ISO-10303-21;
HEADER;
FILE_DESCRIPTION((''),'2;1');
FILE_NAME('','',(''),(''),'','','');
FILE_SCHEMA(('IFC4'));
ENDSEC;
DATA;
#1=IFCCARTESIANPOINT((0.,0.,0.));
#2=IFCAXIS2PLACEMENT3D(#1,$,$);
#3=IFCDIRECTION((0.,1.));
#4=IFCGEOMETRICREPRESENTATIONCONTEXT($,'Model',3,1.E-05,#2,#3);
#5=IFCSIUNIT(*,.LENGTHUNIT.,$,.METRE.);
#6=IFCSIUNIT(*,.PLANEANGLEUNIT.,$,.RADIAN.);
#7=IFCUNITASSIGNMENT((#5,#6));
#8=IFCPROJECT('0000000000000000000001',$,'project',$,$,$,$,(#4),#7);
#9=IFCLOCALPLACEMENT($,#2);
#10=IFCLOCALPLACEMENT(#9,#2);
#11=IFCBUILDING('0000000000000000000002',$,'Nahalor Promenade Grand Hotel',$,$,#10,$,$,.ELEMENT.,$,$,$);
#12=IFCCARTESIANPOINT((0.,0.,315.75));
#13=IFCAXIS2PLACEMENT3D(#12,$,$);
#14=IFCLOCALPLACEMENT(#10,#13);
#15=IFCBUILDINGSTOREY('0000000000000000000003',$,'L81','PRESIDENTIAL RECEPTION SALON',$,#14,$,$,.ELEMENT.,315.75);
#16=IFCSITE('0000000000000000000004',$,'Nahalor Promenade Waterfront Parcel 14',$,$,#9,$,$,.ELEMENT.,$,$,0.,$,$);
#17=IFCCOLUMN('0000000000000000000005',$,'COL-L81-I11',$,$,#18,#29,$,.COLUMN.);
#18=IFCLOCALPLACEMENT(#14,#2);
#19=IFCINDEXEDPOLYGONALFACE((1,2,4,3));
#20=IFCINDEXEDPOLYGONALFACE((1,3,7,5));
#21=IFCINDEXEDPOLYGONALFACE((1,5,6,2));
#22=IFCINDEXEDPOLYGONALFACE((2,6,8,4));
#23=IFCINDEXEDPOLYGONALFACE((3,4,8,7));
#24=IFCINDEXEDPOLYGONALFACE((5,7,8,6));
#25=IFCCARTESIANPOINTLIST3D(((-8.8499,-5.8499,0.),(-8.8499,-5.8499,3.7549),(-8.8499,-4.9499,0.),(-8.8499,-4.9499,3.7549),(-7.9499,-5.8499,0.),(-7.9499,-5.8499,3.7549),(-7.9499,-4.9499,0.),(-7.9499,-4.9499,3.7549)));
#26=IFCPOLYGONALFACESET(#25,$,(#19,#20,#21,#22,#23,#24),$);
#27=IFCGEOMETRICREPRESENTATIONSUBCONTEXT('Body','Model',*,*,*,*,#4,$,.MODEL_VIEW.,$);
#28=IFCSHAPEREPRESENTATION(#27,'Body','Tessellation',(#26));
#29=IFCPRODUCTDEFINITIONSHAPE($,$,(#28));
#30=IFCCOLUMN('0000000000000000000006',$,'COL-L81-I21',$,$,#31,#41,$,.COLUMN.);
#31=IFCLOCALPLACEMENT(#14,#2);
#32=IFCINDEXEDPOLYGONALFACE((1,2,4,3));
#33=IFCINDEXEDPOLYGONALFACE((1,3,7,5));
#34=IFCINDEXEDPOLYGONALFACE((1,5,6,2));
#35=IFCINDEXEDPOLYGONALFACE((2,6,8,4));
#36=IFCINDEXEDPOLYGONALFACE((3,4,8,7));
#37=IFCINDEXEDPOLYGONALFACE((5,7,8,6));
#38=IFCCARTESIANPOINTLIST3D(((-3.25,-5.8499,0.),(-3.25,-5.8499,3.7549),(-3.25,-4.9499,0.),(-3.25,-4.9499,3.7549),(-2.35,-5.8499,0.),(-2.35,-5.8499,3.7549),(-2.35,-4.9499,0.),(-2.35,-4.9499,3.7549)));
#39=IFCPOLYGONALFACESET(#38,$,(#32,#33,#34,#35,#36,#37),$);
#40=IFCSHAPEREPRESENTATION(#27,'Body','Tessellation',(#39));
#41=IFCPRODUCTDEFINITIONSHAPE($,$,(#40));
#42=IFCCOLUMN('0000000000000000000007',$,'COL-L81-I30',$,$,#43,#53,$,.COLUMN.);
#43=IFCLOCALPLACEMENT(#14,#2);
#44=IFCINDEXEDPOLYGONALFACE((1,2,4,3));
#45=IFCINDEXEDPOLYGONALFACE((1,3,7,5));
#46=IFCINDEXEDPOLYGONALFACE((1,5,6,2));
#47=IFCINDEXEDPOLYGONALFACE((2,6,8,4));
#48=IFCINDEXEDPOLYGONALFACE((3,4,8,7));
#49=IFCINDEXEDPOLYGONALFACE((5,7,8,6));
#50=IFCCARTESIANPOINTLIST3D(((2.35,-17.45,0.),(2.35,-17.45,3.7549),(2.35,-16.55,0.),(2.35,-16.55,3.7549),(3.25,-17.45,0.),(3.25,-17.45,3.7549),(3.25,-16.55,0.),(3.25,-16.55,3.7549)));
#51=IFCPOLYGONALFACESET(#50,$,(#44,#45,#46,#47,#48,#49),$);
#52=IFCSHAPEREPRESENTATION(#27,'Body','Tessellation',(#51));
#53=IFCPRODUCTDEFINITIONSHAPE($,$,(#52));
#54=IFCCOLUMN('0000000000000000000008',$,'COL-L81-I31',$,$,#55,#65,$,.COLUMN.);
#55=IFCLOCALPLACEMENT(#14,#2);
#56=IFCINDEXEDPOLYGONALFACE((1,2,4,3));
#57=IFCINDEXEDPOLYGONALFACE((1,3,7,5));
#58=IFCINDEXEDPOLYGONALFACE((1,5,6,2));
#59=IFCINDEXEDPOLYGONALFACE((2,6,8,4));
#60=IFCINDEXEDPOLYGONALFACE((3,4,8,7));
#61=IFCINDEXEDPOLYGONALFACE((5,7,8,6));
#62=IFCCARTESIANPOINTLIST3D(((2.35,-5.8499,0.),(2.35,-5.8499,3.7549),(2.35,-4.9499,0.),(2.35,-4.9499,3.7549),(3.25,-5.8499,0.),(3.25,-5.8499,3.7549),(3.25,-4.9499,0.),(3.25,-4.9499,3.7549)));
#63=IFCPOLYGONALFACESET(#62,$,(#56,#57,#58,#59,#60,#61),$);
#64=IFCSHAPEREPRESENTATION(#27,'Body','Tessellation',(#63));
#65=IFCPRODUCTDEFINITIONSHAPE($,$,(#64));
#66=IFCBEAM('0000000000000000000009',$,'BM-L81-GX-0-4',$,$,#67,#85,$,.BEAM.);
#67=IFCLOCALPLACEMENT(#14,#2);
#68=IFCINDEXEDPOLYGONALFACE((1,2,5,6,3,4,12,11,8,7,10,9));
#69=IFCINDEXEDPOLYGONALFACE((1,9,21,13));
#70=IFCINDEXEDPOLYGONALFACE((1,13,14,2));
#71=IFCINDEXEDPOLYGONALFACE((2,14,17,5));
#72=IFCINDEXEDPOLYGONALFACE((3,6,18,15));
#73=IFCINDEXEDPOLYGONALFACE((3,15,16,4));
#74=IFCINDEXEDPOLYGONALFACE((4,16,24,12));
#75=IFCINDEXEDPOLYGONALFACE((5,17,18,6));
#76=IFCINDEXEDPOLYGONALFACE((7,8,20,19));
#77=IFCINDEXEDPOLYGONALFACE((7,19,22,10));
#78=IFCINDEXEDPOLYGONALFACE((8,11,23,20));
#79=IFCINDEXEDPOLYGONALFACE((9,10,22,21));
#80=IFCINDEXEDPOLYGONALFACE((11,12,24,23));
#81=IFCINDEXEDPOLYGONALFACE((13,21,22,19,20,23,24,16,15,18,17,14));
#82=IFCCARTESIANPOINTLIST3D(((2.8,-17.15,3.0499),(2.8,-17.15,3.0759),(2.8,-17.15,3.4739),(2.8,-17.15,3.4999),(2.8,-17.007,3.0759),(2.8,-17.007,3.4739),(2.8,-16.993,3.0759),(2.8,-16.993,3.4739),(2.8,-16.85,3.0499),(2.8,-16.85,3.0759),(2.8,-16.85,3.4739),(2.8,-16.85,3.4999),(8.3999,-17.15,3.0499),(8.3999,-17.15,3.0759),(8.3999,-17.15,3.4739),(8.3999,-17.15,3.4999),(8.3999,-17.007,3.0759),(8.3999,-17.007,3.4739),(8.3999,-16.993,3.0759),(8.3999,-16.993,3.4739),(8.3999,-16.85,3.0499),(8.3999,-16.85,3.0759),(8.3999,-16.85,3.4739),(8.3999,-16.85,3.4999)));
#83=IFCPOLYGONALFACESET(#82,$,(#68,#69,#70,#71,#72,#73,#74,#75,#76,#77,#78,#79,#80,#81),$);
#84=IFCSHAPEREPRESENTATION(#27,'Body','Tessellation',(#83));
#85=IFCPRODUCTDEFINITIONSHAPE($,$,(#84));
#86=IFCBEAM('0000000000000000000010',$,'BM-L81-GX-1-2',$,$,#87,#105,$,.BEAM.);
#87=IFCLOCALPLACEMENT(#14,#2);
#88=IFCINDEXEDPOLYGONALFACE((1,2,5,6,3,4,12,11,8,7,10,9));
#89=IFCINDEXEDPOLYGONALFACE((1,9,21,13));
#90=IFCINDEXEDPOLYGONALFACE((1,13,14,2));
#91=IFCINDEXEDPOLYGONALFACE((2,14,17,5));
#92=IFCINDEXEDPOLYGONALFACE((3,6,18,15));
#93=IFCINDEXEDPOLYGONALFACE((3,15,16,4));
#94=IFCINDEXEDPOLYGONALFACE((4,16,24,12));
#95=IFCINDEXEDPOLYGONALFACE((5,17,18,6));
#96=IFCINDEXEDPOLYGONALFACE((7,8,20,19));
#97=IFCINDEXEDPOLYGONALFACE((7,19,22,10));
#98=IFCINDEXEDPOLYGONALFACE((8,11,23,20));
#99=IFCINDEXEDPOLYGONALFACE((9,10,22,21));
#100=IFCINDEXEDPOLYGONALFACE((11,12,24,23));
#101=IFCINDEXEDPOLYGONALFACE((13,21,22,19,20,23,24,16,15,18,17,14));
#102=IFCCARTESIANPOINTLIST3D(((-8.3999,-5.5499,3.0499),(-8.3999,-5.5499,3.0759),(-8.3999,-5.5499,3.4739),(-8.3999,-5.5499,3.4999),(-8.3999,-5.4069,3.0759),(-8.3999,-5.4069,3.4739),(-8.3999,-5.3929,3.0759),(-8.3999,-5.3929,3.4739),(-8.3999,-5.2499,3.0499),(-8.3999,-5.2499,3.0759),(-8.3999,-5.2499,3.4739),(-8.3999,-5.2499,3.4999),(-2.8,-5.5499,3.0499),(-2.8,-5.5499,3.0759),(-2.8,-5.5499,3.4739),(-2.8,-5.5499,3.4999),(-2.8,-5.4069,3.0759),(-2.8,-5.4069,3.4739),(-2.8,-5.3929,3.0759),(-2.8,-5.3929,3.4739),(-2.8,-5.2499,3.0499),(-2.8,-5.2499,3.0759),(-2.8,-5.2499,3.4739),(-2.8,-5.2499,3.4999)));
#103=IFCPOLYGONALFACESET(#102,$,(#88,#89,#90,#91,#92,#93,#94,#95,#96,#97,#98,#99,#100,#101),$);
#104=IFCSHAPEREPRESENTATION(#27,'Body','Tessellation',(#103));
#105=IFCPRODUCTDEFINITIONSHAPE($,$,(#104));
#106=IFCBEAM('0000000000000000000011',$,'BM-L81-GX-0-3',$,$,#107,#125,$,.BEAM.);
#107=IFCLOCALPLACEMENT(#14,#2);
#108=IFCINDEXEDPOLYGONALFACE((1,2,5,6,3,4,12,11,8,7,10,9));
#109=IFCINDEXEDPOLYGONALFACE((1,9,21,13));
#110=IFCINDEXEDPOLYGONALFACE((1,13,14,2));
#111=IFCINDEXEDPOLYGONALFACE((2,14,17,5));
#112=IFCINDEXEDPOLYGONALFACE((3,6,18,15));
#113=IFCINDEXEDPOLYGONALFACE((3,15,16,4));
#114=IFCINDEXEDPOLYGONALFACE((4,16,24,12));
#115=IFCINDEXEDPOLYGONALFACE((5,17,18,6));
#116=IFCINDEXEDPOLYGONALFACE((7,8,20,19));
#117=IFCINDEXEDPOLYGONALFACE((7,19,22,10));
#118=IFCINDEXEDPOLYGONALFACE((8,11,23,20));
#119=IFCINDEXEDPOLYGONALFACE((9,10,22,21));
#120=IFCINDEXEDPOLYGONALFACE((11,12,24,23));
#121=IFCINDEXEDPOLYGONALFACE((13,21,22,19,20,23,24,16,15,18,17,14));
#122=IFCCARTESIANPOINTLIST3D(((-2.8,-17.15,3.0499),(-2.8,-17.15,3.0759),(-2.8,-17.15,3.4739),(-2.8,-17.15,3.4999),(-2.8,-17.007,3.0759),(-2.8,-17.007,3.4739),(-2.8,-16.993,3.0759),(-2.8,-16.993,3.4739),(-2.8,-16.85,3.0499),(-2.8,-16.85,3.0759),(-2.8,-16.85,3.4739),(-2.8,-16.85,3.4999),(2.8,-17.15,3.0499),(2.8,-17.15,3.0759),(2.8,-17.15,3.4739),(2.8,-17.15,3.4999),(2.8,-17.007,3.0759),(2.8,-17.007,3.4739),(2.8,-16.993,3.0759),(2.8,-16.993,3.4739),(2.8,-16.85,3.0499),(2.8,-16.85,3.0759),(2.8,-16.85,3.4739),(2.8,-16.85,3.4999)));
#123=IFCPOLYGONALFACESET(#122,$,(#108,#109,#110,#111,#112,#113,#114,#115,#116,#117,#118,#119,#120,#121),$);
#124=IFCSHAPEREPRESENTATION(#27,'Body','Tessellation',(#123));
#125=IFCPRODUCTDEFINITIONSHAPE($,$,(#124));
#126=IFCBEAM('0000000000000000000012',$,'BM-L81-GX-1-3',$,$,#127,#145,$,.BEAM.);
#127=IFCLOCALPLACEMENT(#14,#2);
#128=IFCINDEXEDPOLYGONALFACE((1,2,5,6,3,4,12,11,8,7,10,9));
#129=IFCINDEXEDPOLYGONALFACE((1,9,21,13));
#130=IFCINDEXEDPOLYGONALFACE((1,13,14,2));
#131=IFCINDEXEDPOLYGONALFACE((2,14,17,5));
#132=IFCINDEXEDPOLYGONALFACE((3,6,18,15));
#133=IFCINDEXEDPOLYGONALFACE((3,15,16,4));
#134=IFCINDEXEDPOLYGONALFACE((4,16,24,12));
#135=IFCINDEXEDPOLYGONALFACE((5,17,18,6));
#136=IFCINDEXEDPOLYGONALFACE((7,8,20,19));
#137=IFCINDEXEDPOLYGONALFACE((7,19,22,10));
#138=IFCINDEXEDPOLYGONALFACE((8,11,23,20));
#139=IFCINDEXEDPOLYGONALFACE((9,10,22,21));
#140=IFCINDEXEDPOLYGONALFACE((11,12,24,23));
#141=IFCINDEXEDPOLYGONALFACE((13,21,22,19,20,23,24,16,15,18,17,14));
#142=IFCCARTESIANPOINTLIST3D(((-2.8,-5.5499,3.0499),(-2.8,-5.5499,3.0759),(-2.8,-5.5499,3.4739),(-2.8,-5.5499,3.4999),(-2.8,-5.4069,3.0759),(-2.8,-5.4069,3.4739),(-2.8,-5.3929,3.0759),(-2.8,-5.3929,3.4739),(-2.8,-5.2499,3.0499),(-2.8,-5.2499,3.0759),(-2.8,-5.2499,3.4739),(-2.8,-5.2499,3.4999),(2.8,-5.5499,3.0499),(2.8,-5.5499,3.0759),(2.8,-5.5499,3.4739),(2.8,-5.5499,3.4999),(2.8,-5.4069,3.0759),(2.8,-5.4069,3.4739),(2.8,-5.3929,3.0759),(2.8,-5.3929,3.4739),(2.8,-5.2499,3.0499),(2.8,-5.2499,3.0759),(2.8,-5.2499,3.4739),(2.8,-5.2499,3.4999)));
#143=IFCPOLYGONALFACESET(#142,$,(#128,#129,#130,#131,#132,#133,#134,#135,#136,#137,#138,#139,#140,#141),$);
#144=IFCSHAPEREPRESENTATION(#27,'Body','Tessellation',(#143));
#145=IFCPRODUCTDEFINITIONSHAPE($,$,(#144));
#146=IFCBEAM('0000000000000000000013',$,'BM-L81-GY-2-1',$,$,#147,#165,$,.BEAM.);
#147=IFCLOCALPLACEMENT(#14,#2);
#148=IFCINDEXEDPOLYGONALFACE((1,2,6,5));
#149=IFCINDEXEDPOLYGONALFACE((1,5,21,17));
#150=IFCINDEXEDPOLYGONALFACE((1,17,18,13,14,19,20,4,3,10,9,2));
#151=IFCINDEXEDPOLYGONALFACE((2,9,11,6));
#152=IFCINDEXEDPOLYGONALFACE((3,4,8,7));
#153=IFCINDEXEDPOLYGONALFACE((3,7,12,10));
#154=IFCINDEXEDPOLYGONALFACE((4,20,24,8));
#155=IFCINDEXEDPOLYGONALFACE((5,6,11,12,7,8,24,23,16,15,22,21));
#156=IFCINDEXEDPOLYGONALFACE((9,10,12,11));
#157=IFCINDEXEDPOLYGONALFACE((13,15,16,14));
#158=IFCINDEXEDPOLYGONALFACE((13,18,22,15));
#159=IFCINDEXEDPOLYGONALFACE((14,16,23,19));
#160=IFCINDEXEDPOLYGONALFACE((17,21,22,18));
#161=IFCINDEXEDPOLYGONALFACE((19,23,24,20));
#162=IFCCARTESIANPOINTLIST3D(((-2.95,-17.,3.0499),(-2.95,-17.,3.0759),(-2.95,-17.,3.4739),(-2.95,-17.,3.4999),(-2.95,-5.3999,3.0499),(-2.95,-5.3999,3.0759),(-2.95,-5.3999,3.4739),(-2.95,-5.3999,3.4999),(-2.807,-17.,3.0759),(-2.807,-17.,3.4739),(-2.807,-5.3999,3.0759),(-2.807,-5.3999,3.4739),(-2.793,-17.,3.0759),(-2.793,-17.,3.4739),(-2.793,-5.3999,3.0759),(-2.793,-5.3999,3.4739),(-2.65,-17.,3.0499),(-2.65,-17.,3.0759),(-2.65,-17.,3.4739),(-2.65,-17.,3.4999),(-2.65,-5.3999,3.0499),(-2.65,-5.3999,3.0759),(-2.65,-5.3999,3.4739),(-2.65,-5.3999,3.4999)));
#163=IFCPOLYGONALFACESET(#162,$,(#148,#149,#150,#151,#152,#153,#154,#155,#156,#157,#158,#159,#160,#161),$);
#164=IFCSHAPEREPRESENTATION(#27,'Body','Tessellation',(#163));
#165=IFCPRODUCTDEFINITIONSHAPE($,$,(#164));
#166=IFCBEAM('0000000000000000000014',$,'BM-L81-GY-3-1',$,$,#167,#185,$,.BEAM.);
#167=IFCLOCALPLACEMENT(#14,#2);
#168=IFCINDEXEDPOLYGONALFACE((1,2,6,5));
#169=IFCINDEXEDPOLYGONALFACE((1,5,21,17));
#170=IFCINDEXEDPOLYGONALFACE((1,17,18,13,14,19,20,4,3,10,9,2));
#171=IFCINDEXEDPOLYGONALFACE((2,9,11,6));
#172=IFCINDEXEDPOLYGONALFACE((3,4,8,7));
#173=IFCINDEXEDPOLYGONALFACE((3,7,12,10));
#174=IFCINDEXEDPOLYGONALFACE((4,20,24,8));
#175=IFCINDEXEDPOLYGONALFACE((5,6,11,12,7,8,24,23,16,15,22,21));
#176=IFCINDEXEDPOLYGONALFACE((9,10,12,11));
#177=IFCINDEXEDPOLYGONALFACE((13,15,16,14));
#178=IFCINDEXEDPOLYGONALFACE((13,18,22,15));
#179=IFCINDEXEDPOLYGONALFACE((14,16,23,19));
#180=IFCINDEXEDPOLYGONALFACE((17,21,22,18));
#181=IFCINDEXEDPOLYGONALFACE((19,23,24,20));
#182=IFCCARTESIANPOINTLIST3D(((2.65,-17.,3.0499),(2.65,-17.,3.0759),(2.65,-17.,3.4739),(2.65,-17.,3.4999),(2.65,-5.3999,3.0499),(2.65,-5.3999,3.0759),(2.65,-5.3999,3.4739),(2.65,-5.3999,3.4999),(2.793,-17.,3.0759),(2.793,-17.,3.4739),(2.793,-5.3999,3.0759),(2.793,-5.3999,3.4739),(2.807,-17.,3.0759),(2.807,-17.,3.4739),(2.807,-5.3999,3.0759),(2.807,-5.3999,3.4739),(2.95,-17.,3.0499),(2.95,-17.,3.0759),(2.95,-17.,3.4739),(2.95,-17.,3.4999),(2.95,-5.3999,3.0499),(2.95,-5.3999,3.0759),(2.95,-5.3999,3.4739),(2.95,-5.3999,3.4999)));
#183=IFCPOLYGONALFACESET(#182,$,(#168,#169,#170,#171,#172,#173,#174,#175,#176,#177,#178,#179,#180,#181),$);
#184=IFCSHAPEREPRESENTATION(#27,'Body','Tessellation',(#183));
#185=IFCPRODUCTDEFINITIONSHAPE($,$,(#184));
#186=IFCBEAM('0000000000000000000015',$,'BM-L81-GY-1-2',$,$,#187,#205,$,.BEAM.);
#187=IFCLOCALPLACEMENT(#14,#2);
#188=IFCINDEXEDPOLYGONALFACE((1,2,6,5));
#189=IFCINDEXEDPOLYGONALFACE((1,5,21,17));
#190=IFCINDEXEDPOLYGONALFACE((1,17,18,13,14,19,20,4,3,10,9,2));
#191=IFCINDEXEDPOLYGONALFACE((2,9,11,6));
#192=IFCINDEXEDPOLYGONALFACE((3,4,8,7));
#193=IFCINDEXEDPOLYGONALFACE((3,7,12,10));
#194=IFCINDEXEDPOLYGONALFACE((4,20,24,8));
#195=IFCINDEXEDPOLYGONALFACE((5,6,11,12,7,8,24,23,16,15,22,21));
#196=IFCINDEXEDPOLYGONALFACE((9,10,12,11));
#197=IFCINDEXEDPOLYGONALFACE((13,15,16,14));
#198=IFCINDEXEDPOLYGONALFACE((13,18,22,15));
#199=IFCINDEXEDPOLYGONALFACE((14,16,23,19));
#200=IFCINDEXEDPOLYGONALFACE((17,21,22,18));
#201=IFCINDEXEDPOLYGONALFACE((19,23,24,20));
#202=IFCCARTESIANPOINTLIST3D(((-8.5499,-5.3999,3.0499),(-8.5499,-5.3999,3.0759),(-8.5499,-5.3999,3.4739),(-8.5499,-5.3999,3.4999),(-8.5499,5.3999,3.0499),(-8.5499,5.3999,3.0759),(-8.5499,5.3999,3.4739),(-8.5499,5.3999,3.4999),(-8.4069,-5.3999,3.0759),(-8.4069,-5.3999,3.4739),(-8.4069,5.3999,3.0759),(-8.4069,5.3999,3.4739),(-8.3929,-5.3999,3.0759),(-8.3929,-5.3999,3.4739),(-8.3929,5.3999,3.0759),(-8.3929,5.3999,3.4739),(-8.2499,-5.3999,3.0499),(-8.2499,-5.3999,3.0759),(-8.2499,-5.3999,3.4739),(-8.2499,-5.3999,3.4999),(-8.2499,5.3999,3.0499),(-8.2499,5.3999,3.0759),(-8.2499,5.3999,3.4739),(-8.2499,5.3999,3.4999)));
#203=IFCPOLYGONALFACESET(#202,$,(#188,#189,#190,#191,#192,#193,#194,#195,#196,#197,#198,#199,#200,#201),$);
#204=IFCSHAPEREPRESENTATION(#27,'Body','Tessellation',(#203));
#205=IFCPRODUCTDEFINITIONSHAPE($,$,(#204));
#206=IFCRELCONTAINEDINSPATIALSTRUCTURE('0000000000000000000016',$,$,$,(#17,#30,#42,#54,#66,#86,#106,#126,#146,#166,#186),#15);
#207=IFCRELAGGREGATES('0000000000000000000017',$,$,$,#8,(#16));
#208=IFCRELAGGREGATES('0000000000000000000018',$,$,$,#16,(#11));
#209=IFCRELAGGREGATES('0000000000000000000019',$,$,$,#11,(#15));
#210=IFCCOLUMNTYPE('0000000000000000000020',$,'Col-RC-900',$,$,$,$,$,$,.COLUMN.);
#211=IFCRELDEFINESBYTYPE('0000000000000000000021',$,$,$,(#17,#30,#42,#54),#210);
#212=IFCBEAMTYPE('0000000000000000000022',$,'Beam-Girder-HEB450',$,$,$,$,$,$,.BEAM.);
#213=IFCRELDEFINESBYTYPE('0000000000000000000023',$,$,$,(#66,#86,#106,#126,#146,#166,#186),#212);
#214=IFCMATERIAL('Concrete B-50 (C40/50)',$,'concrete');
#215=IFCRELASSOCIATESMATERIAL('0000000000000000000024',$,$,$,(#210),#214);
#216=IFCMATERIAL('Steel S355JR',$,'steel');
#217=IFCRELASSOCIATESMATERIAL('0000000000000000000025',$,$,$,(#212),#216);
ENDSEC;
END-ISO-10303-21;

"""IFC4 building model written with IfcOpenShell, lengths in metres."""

from ifc_helpers import new_model, si_unit, direction, frame, origin, origin_2d, place, context, subcontext, project, spatial, rectangle, i_section, extrude, source, transform, mapped, material, material_profile, profile_set, type_object, element, save


model = new_model("IFC4")

# Units and contexts
model_context = context("Model", 3, precision=1e-05, world=origin(), true_north=direction((0.0, 1.0)))
body_context = subcontext(model_context, "Body", "Model", "MODEL_VIEW")
ifc_project = project(units=[si_unit("LENGTHUNIT", "METRE"), si_unit("PLANEANGLEUNIT", "RADIAN")], contexts=[model_context])

# Site, building, storey
site_placement = place(None, origin())
site = spatial("IfcSite", under=ifc_project, at=site_placement, Name="Nahalor Promenade Waterfront Parcel 14", CompositionType="ELEMENT", RefElevation=0.0)
building_placement = place(site_placement, origin())
building = spatial("IfcBuilding", under=site, at=building_placement, Name="Nahalor Promenade Grand Hotel", CompositionType="ELEMENT")
storey_placement = place(building_placement, frame((0.0, 0.0, 315.75)))
storey = spatial("IfcBuildingStorey", under=building, at=storey_placement, Name="L81", Description="PRESIDENTIAL RECEPTION SALON", CompositionType="ELEMENT", Elevation=315.75)

# Columns
ifc_material_1 = material(Name="Concrete B-50 (C40/50)", Category="concrete")
ifc_material_profile_1 = material_profile(ifc_material_1, rectangle(XDim=0.9, YDim=0.9, at=origin_2d()), Name="RC 900x900")
ifc_profile_set_1 = profile_set([ifc_material_profile_1], Name="Concrete B-50 (C40/50)")
column_type = type_object("IfcColumnType", Name="Col-RC-900", PredefinedType="COLUMN", material=ifc_profile_set_1)
shared_shape_1 = source(origin(), body_context, "Body", "SweptSolid", [
    extrude(rectangle(XDim=0.9, YDim=0.9, at=origin_2d()), origin(), (0.0, 0.0, 1.0), 3.7549),
])
for number, where, z_axis, x_axis, name in (
    (1, (-8.3999, -5.3999, 0.0), (0.0, 0.0, 1.0), (1.0, 0.0, 0.0), "COL-L81-I11"),
    (2, (-2.8, -5.3999, 0.0), (0.0, 0.0, 1.0), (1.0, 0.0, 0.0), "COL-L81-I21"),
    (3, (2.8, -17.0, 0.0), (0.0, 0.0, 1.0), (1.0, 0.0, 0.0), "COL-L81-I30"),
    (4, (2.8, -5.3999, 0.0), (0.0, 0.0, 1.0), (1.0, 0.0, 0.0), "COL-L81-I31"),
):
    element("IfcColumn", number, at=place(storey_placement, frame(where, z_axis=z_axis, x_axis=x_axis)), inside=storey, type_object=column_type, Name=name, PredefinedType="COLUMN", context=body_context, shape_type="MappedRepresentation", body=[
        mapped(shared_shape_1, transform((0.0, 0.0, 0.0), scale=1.0)),
    ])

# Beams
ifc_material_2 = material(Name="Steel S355JR", Category="steel")
ifc_material_profile_2 = material_profile(ifc_material_2, i_section(OverallWidth=0.3, OverallDepth=0.45, WebThickness=0.014, FlangeThickness=0.026, at=origin_2d()), Name="HEB 450")
ifc_profile_set_2 = profile_set([ifc_material_profile_2], Name="Steel S355JR")
beam_type = type_object("IfcBeamType", Name="Beam-Girder-HEB450", PredefinedType="BEAM", material=ifc_profile_set_2)
shared_shape_2 = source(origin(), body_context, "Body", "SweptSolid", [
    extrude(i_section(OverallWidth=0.3, OverallDepth=0.45, WebThickness=0.014, FlangeThickness=0.026, at=origin_2d()), origin(), (0.0, 0.0, 1.0), 5.5999),
])
for number, where, z_axis, x_axis, name in (
    (5, (2.8, -17.0, 3.2749), (1.0, 0.0, 0.0), (0.0, 1.0, 0.0), "BM-L81-GX-0-4"),
    (6, (-8.3999, -5.3999, 3.2749), (1.0, 0.0, 0.0), (0.0, 1.0, 0.0), "BM-L81-GX-1-2"),
):
    element("IfcBeam", number, at=place(storey_placement, frame(where, z_axis=z_axis, x_axis=x_axis)), inside=storey, type_object=beam_type, Name=name, PredefinedType="BEAM", context=body_context, shape_type="MappedRepresentation", body=[
        mapped(shared_shape_2, transform((0.0, 0.0, 0.0), scale=1.0)),
    ])
shared_shape_3 = source(origin(), body_context, "Body", "SweptSolid", [
    extrude(i_section(OverallWidth=0.3, OverallDepth=0.45, WebThickness=0.014, FlangeThickness=0.026, at=origin_2d()), origin(), (0.0, 0.0, 1.0), 5.6001),
])
for number, where, z_axis, x_axis, name in (
    (7, (-2.8, -17.0, 3.2749), (1.0, 0.0, 0.0), (0.0, 1.0, 0.0), "BM-L81-GX-0-3"),
    (8, (-2.8, -5.3999, 3.2749), (1.0, 0.0, 0.0), (0.0, 1.0, 0.0), "BM-L81-GX-1-3"),
):
    element("IfcBeam", number, at=place(storey_placement, frame(where, z_axis=z_axis, x_axis=x_axis)), inside=storey, type_object=beam_type, Name=name, PredefinedType="BEAM", context=body_context, shape_type="MappedRepresentation", body=[
        mapped(shared_shape_3, transform((0.0, 0.0, 0.0), scale=1.0)),
    ])
shared_shape_4 = source(origin(), body_context, "Body", "SweptSolid", [
    extrude(i_section(OverallWidth=0.3, OverallDepth=0.45, WebThickness=0.014, FlangeThickness=0.026, at=origin_2d()), origin(), (0.0, 0.0, 1.0), 11.6001),
])
for number, where, z_axis, x_axis, name in (
    (9, (-2.8, -17.0, 3.2749), (0.0, 1.0, 0.0), (-1.0, 0.0, 0.0), "BM-L81-GY-2-1"),
    (10, (2.8, -17.0, 3.2749), (0.0, 1.0, 0.0), (-1.0, 0.0, 0.0), "BM-L81-GY-3-1"),
):
    element("IfcBeam", number, at=place(storey_placement, frame(where, z_axis=z_axis, x_axis=x_axis)), inside=storey, type_object=beam_type, Name=name, PredefinedType="BEAM", context=body_context, shape_type="MappedRepresentation", body=[
        mapped(shared_shape_4, transform((0.0, 0.0, 0.0), scale=1.0)),
    ])
shared_shape_5 = source(origin(), body_context, "Body", "SweptSolid", [
    extrude(i_section(OverallWidth=0.3, OverallDepth=0.45, WebThickness=0.014, FlangeThickness=0.026, at=origin_2d()), origin(), (0.0, 0.0, 1.0), 10.7998),
])
for number, where, z_axis, x_axis, name in (
    (11, (-8.3999, -5.3999, 3.2749), (0.0, 1.0, 0.0), (-1.0, 0.0, 0.0), "BM-L81-GY-1-2"),
):
    element("IfcBeam", number, at=place(storey_placement, frame(where, z_axis=z_axis, x_axis=x_axis)), inside=storey, type_object=beam_type, Name=name, PredefinedType="BEAM", context=body_context, shape_type="MappedRepresentation", body=[
        mapped(shared_shape_5, transform((0.0, 0.0, 0.0), scale=1.0)),
    ])

save(model, "model.ifc")
